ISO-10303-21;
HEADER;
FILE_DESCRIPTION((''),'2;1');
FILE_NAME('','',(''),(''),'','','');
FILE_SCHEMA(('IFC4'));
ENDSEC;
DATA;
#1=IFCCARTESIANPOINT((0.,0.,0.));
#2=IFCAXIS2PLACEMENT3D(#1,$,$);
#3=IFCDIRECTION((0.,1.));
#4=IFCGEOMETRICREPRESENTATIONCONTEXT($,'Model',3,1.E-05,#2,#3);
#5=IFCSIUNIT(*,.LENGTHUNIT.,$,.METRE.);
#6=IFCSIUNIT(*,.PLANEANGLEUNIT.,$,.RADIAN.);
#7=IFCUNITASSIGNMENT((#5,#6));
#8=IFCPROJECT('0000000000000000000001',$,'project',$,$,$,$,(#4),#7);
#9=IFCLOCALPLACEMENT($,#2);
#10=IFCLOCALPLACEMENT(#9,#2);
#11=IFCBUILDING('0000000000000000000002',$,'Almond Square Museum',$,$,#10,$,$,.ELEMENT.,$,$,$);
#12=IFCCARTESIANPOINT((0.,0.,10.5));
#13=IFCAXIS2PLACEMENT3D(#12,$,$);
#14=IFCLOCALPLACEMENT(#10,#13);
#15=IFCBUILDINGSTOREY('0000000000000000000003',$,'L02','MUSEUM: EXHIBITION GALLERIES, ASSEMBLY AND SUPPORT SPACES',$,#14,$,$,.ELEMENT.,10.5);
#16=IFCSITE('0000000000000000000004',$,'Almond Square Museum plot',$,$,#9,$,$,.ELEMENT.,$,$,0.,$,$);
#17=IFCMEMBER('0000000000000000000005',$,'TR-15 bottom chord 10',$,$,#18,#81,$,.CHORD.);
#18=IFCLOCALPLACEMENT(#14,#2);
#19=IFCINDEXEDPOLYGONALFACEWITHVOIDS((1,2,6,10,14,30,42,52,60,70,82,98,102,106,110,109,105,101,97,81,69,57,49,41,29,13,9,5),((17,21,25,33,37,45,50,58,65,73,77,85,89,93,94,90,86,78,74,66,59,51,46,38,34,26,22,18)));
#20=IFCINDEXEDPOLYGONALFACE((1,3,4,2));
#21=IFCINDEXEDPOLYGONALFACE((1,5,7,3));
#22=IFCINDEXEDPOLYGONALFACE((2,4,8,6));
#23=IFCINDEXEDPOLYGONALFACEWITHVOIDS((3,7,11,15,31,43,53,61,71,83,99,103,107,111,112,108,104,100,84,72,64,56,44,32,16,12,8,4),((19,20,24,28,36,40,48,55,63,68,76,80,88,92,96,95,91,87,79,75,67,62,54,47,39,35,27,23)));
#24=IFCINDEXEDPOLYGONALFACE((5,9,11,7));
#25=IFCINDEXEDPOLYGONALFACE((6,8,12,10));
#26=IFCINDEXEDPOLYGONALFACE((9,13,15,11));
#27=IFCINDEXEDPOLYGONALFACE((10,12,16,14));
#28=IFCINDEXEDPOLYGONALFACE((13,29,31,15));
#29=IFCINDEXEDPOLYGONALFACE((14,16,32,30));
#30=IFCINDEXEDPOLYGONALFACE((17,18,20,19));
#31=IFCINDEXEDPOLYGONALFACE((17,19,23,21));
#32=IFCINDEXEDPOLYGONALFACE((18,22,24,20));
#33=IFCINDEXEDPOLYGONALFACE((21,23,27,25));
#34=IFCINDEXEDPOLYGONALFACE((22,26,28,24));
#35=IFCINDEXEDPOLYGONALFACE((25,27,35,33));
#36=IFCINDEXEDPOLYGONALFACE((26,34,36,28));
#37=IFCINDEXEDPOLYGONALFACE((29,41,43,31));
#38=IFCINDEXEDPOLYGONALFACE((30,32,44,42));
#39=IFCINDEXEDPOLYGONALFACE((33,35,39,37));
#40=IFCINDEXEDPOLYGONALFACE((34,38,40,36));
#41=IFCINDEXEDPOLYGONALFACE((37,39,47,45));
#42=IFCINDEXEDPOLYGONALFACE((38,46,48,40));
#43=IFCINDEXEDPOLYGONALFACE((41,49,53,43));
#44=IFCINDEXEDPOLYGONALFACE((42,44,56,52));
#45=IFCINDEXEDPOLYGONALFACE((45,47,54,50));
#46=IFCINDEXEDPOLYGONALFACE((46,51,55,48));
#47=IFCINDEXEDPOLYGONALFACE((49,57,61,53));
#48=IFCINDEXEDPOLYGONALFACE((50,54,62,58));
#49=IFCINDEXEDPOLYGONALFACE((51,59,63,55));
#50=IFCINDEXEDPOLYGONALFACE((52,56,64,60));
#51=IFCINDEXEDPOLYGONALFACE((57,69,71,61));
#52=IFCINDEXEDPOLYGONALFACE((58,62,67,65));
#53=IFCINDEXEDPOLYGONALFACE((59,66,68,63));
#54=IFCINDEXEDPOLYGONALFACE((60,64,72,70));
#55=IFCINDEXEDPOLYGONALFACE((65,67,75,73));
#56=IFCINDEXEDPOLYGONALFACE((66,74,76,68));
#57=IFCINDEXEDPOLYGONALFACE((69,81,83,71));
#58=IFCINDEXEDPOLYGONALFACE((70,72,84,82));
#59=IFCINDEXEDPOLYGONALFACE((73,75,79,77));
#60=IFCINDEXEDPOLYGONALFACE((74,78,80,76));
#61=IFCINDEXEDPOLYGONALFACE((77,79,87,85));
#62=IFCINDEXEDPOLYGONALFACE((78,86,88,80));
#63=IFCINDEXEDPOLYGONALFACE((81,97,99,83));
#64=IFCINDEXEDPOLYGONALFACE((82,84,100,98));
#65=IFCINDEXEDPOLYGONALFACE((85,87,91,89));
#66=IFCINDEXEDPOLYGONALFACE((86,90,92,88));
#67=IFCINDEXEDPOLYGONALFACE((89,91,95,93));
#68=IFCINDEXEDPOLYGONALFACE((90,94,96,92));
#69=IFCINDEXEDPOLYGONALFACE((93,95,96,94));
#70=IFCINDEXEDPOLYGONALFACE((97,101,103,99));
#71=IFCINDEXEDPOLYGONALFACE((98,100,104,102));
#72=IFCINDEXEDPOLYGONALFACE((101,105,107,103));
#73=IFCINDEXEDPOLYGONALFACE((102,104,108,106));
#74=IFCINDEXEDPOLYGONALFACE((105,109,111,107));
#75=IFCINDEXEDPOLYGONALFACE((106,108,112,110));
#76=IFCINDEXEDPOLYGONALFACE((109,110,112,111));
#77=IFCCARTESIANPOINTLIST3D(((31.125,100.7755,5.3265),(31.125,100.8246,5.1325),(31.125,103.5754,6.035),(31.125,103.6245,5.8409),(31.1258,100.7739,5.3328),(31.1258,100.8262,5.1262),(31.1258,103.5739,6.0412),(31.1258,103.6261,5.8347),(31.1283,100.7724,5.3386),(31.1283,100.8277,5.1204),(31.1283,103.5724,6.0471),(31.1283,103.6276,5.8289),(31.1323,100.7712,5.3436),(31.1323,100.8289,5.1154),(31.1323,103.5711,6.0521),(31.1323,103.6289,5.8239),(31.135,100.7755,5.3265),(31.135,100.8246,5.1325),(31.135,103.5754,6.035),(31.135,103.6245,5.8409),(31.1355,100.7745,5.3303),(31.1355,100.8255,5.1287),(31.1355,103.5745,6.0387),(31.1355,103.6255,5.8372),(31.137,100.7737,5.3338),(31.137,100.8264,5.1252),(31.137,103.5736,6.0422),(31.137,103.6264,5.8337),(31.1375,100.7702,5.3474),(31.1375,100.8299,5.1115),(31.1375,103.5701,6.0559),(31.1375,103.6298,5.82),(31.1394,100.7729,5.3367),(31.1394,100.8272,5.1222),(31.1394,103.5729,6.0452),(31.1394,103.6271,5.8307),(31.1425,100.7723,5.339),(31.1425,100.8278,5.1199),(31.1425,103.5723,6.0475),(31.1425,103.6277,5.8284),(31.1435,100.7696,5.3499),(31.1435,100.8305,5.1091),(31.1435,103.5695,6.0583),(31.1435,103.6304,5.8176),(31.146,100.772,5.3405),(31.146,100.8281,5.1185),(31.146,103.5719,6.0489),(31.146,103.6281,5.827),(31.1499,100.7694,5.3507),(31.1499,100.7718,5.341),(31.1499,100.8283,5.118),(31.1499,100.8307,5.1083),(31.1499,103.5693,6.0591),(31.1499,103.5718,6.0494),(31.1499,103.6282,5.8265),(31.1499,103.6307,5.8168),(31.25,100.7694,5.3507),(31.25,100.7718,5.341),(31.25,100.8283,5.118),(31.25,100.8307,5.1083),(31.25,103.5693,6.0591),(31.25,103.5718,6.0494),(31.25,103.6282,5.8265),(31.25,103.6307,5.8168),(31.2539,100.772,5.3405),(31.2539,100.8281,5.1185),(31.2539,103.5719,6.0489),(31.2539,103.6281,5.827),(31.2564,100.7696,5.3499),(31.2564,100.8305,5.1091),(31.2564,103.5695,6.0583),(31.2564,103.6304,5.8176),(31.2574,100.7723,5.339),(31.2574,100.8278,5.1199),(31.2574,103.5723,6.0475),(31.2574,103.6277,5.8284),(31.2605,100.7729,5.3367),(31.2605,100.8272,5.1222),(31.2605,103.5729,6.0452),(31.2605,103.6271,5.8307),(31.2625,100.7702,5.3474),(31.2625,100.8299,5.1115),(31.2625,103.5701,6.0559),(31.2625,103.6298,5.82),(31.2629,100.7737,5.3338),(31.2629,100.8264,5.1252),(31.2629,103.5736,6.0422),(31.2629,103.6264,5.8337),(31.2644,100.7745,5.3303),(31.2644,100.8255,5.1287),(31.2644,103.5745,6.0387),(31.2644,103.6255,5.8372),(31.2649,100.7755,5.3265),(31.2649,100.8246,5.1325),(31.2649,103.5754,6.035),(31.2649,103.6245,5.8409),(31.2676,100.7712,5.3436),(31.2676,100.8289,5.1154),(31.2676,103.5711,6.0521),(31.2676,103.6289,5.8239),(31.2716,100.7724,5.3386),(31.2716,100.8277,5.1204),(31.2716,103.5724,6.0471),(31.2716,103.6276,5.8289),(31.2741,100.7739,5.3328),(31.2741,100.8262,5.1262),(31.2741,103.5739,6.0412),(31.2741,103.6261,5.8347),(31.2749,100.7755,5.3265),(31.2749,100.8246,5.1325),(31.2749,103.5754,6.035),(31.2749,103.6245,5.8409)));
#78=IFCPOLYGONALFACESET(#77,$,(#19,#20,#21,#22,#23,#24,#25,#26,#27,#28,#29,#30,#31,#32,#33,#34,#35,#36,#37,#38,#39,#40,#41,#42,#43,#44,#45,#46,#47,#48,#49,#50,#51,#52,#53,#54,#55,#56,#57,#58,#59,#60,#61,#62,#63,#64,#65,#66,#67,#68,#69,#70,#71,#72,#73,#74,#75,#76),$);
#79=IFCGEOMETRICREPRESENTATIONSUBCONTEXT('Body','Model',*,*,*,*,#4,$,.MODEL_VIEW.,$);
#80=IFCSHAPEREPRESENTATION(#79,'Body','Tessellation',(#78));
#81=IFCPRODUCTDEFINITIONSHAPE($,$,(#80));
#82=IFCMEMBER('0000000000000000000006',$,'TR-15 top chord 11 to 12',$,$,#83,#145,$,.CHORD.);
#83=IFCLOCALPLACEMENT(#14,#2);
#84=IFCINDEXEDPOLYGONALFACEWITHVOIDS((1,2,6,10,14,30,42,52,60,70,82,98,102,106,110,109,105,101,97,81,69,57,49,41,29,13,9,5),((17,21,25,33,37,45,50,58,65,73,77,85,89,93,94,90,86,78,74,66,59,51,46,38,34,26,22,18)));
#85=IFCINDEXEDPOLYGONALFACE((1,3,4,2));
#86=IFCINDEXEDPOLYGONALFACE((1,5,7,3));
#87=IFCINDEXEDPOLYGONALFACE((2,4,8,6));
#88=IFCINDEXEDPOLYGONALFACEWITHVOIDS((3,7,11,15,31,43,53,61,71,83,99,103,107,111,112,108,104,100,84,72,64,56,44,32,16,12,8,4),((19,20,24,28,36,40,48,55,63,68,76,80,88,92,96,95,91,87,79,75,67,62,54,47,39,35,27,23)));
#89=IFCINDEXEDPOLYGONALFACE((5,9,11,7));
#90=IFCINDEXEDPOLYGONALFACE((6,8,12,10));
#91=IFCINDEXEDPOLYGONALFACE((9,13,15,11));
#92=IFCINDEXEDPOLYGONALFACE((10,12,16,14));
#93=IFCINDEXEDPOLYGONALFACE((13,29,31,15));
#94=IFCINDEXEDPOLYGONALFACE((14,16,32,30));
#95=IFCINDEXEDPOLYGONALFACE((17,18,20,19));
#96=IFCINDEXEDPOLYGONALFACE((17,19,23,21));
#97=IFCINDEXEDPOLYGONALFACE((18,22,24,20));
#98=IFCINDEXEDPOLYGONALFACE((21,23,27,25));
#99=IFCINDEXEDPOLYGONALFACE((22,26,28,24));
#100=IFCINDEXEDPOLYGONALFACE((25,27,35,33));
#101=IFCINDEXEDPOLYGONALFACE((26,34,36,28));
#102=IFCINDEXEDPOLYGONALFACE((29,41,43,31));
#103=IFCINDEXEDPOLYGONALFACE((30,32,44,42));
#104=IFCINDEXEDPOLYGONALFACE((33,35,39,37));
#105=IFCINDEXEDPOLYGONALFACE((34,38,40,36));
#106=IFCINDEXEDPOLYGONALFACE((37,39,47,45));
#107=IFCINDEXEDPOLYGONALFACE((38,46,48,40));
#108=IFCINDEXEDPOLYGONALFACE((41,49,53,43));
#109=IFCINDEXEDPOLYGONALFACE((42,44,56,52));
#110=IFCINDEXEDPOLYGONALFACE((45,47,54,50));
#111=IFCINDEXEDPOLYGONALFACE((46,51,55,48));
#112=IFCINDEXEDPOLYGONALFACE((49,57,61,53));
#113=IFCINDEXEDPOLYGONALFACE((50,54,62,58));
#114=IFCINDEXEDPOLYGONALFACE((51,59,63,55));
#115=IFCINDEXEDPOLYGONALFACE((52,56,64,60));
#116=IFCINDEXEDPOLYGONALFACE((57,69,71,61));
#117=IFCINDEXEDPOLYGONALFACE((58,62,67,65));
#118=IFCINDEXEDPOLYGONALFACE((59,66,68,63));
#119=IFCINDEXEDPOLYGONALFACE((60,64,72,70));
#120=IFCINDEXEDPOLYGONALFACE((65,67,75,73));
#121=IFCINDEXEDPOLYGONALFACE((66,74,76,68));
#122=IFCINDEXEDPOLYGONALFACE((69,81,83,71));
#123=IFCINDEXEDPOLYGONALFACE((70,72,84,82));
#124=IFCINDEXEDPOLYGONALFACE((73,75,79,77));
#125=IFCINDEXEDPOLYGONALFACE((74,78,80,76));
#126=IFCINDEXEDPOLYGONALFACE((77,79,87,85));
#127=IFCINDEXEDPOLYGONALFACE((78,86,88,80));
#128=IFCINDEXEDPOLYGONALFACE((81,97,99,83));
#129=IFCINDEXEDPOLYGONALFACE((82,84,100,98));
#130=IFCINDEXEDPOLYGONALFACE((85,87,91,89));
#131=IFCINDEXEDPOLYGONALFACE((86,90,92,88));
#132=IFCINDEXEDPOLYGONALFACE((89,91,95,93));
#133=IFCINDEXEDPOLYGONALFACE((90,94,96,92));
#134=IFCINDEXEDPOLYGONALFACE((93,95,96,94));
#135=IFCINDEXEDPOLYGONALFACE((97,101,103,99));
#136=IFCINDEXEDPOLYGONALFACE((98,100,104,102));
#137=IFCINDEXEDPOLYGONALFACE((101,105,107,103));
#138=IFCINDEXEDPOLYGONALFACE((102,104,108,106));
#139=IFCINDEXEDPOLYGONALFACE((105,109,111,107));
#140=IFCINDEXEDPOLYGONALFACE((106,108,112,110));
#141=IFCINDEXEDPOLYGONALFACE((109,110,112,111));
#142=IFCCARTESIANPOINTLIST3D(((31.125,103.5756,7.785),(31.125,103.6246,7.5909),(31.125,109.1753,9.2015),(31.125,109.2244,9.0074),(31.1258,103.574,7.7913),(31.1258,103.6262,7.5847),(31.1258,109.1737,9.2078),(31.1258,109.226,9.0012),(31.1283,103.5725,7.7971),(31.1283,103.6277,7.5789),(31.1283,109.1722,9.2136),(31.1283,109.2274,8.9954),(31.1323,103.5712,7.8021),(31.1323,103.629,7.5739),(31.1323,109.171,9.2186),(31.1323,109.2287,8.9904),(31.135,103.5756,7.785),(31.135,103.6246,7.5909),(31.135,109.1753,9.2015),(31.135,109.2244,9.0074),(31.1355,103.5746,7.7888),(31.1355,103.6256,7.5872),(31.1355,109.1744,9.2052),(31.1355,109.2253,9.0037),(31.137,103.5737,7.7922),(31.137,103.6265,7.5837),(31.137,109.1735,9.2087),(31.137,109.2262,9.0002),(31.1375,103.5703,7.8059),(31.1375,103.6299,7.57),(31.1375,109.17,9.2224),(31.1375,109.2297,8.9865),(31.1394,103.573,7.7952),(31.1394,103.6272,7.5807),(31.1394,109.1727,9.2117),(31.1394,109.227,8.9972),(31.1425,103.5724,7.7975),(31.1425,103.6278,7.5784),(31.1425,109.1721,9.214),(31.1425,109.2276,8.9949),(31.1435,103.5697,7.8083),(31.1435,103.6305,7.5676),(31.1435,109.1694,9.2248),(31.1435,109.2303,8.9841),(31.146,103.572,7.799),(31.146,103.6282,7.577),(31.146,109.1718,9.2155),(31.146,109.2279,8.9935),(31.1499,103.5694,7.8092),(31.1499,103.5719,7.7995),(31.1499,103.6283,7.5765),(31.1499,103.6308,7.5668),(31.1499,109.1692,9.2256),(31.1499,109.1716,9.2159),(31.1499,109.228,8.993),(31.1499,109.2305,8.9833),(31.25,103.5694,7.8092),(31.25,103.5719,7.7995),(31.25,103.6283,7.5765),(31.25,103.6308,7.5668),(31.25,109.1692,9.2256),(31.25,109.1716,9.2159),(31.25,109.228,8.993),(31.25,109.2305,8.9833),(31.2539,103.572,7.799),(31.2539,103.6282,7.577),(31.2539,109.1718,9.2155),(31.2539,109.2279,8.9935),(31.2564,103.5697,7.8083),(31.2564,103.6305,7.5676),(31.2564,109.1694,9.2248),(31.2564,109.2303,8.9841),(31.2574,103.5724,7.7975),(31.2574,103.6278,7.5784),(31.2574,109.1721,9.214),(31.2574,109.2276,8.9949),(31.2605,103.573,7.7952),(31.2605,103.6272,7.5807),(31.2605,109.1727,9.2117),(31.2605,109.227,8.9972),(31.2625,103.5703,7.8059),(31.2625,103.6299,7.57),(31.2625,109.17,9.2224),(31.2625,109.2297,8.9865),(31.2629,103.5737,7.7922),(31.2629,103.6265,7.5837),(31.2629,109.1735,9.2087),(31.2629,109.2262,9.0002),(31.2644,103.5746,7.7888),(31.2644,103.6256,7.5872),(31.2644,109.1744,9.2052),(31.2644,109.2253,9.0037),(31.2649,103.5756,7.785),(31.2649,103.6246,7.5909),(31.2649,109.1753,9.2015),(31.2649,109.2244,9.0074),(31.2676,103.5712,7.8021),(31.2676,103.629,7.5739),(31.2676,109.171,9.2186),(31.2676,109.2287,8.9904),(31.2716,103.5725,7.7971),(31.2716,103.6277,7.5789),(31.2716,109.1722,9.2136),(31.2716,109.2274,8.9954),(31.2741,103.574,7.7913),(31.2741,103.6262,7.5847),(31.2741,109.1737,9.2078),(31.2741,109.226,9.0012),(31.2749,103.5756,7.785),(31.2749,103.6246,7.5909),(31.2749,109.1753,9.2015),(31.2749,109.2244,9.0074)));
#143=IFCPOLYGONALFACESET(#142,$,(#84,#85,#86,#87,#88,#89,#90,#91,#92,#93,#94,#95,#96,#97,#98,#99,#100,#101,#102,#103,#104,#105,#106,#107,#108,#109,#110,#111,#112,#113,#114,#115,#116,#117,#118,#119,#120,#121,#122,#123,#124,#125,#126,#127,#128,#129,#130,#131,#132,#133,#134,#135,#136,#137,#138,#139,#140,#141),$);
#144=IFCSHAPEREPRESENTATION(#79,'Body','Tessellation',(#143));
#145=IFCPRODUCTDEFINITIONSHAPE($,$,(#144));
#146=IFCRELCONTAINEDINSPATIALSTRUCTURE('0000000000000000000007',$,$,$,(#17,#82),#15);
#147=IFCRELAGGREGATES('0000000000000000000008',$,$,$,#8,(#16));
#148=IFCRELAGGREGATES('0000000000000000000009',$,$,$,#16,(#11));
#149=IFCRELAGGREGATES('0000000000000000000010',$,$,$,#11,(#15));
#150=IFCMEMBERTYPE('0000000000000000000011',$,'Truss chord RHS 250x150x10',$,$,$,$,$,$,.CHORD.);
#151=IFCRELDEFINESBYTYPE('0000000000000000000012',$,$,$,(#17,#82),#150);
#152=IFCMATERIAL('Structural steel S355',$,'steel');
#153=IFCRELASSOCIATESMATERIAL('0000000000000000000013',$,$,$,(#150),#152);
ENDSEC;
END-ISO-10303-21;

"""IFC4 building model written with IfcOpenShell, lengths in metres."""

from ifc_helpers import new_model, si_unit, direction, frame, origin, origin_2d, place, context, subcontext, project, spatial, hollow_rectangle, extrude, material, material_profile, profile_set, type_object, element, save


model = new_model("IFC4")

# Units and contexts
model_context = context("Model", 3, precision=1e-05, world=origin(), true_north=direction((0.0, 1.0)))
body_context = subcontext(model_context, "Body", "Model", "MODEL_VIEW")
ifc_project = project(units=[si_unit("LENGTHUNIT", "METRE"), si_unit("PLANEANGLEUNIT", "RADIAN")], contexts=[model_context])

# Site, building, storey
site_placement = place(None, origin())
site = spatial("IfcSite", under=ifc_project, at=site_placement, Name="Almond Square Museum plot", CompositionType="ELEMENT", RefElevation=0.0)
building_placement = place(site_placement, origin())
building = spatial("IfcBuilding", under=site, at=building_placement, Name="Almond Square Museum", CompositionType="ELEMENT")
storey_placement = place(building_placement, frame((0.0, 0.0, 10.5)))
storey = spatial("IfcBuildingStorey", under=building, at=storey_placement, Name="L02", Description="MUSEUM: EXHIBITION GALLERIES, ASSEMBLY AND SUPPORT SPACES", CompositionType="ELEMENT", Elevation=10.5)

# Members
ifc_material_1 = material(Name="Structural steel S355", Category="steel")
ifc_material_profile_1 = material_profile(ifc_material_1, hollow_rectangle(XDim=0.1499, YDim=0.25, WallThickness=0.01, InnerFilletRadius=0.0149, OuterFilletRadius=0.0249, at=origin_2d()))
ifc_profile_set_1 = profile_set([ifc_material_profile_1], Name="Structural steel S355")
member_type_1 = type_object("IfcMemberType", Name="Truss chord RHS 250x150x10", PredefinedType="CHORD", material=ifc_profile_set_1)
member_1_placement = place(storey_placement, frame((31.2, 100.8, 5.2295), z_axis=(0.0, 0.969447, 0.245299), x_axis=(-1.0, 0.0, 0.0)))
element("IfcMember", 1, at=member_1_placement, inside=storey, type_object=member_type_1, Name="TR-15 bottom chord 10", PredefinedType="CHORD", context=body_context, shape_type="SweptSolid", body=[
    extrude(hollow_rectangle(XDim=0.1499, YDim=0.25, WallThickness=0.01, InnerFilletRadius=0.0149, OuterFilletRadius=0.0249, at=origin_2d()), origin(), (0.0, 0.0, 1.0), 2.8882),
])
member_2_placement = place(storey_placement, frame((31.2, 103.6001, 7.688), z_axis=(0.0, 0.969465, 0.24523), x_axis=(-1.0, 0.0, 0.0)))
element("IfcMember", 2, at=member_2_placement, inside=storey, type_object=member_type_1, Name="TR-15 top chord 11 to 12", PredefinedType="CHORD", context=body_context, shape_type="SweptSolid", body=[
    extrude(hollow_rectangle(XDim=0.1499, YDim=0.25, WallThickness=0.01, InnerFilletRadius=0.0149, OuterFilletRadius=0.0249, at=origin_2d()), origin(), (0.0, 0.0, 1.0), 5.7761),
])

save(model, "model.ifc")
